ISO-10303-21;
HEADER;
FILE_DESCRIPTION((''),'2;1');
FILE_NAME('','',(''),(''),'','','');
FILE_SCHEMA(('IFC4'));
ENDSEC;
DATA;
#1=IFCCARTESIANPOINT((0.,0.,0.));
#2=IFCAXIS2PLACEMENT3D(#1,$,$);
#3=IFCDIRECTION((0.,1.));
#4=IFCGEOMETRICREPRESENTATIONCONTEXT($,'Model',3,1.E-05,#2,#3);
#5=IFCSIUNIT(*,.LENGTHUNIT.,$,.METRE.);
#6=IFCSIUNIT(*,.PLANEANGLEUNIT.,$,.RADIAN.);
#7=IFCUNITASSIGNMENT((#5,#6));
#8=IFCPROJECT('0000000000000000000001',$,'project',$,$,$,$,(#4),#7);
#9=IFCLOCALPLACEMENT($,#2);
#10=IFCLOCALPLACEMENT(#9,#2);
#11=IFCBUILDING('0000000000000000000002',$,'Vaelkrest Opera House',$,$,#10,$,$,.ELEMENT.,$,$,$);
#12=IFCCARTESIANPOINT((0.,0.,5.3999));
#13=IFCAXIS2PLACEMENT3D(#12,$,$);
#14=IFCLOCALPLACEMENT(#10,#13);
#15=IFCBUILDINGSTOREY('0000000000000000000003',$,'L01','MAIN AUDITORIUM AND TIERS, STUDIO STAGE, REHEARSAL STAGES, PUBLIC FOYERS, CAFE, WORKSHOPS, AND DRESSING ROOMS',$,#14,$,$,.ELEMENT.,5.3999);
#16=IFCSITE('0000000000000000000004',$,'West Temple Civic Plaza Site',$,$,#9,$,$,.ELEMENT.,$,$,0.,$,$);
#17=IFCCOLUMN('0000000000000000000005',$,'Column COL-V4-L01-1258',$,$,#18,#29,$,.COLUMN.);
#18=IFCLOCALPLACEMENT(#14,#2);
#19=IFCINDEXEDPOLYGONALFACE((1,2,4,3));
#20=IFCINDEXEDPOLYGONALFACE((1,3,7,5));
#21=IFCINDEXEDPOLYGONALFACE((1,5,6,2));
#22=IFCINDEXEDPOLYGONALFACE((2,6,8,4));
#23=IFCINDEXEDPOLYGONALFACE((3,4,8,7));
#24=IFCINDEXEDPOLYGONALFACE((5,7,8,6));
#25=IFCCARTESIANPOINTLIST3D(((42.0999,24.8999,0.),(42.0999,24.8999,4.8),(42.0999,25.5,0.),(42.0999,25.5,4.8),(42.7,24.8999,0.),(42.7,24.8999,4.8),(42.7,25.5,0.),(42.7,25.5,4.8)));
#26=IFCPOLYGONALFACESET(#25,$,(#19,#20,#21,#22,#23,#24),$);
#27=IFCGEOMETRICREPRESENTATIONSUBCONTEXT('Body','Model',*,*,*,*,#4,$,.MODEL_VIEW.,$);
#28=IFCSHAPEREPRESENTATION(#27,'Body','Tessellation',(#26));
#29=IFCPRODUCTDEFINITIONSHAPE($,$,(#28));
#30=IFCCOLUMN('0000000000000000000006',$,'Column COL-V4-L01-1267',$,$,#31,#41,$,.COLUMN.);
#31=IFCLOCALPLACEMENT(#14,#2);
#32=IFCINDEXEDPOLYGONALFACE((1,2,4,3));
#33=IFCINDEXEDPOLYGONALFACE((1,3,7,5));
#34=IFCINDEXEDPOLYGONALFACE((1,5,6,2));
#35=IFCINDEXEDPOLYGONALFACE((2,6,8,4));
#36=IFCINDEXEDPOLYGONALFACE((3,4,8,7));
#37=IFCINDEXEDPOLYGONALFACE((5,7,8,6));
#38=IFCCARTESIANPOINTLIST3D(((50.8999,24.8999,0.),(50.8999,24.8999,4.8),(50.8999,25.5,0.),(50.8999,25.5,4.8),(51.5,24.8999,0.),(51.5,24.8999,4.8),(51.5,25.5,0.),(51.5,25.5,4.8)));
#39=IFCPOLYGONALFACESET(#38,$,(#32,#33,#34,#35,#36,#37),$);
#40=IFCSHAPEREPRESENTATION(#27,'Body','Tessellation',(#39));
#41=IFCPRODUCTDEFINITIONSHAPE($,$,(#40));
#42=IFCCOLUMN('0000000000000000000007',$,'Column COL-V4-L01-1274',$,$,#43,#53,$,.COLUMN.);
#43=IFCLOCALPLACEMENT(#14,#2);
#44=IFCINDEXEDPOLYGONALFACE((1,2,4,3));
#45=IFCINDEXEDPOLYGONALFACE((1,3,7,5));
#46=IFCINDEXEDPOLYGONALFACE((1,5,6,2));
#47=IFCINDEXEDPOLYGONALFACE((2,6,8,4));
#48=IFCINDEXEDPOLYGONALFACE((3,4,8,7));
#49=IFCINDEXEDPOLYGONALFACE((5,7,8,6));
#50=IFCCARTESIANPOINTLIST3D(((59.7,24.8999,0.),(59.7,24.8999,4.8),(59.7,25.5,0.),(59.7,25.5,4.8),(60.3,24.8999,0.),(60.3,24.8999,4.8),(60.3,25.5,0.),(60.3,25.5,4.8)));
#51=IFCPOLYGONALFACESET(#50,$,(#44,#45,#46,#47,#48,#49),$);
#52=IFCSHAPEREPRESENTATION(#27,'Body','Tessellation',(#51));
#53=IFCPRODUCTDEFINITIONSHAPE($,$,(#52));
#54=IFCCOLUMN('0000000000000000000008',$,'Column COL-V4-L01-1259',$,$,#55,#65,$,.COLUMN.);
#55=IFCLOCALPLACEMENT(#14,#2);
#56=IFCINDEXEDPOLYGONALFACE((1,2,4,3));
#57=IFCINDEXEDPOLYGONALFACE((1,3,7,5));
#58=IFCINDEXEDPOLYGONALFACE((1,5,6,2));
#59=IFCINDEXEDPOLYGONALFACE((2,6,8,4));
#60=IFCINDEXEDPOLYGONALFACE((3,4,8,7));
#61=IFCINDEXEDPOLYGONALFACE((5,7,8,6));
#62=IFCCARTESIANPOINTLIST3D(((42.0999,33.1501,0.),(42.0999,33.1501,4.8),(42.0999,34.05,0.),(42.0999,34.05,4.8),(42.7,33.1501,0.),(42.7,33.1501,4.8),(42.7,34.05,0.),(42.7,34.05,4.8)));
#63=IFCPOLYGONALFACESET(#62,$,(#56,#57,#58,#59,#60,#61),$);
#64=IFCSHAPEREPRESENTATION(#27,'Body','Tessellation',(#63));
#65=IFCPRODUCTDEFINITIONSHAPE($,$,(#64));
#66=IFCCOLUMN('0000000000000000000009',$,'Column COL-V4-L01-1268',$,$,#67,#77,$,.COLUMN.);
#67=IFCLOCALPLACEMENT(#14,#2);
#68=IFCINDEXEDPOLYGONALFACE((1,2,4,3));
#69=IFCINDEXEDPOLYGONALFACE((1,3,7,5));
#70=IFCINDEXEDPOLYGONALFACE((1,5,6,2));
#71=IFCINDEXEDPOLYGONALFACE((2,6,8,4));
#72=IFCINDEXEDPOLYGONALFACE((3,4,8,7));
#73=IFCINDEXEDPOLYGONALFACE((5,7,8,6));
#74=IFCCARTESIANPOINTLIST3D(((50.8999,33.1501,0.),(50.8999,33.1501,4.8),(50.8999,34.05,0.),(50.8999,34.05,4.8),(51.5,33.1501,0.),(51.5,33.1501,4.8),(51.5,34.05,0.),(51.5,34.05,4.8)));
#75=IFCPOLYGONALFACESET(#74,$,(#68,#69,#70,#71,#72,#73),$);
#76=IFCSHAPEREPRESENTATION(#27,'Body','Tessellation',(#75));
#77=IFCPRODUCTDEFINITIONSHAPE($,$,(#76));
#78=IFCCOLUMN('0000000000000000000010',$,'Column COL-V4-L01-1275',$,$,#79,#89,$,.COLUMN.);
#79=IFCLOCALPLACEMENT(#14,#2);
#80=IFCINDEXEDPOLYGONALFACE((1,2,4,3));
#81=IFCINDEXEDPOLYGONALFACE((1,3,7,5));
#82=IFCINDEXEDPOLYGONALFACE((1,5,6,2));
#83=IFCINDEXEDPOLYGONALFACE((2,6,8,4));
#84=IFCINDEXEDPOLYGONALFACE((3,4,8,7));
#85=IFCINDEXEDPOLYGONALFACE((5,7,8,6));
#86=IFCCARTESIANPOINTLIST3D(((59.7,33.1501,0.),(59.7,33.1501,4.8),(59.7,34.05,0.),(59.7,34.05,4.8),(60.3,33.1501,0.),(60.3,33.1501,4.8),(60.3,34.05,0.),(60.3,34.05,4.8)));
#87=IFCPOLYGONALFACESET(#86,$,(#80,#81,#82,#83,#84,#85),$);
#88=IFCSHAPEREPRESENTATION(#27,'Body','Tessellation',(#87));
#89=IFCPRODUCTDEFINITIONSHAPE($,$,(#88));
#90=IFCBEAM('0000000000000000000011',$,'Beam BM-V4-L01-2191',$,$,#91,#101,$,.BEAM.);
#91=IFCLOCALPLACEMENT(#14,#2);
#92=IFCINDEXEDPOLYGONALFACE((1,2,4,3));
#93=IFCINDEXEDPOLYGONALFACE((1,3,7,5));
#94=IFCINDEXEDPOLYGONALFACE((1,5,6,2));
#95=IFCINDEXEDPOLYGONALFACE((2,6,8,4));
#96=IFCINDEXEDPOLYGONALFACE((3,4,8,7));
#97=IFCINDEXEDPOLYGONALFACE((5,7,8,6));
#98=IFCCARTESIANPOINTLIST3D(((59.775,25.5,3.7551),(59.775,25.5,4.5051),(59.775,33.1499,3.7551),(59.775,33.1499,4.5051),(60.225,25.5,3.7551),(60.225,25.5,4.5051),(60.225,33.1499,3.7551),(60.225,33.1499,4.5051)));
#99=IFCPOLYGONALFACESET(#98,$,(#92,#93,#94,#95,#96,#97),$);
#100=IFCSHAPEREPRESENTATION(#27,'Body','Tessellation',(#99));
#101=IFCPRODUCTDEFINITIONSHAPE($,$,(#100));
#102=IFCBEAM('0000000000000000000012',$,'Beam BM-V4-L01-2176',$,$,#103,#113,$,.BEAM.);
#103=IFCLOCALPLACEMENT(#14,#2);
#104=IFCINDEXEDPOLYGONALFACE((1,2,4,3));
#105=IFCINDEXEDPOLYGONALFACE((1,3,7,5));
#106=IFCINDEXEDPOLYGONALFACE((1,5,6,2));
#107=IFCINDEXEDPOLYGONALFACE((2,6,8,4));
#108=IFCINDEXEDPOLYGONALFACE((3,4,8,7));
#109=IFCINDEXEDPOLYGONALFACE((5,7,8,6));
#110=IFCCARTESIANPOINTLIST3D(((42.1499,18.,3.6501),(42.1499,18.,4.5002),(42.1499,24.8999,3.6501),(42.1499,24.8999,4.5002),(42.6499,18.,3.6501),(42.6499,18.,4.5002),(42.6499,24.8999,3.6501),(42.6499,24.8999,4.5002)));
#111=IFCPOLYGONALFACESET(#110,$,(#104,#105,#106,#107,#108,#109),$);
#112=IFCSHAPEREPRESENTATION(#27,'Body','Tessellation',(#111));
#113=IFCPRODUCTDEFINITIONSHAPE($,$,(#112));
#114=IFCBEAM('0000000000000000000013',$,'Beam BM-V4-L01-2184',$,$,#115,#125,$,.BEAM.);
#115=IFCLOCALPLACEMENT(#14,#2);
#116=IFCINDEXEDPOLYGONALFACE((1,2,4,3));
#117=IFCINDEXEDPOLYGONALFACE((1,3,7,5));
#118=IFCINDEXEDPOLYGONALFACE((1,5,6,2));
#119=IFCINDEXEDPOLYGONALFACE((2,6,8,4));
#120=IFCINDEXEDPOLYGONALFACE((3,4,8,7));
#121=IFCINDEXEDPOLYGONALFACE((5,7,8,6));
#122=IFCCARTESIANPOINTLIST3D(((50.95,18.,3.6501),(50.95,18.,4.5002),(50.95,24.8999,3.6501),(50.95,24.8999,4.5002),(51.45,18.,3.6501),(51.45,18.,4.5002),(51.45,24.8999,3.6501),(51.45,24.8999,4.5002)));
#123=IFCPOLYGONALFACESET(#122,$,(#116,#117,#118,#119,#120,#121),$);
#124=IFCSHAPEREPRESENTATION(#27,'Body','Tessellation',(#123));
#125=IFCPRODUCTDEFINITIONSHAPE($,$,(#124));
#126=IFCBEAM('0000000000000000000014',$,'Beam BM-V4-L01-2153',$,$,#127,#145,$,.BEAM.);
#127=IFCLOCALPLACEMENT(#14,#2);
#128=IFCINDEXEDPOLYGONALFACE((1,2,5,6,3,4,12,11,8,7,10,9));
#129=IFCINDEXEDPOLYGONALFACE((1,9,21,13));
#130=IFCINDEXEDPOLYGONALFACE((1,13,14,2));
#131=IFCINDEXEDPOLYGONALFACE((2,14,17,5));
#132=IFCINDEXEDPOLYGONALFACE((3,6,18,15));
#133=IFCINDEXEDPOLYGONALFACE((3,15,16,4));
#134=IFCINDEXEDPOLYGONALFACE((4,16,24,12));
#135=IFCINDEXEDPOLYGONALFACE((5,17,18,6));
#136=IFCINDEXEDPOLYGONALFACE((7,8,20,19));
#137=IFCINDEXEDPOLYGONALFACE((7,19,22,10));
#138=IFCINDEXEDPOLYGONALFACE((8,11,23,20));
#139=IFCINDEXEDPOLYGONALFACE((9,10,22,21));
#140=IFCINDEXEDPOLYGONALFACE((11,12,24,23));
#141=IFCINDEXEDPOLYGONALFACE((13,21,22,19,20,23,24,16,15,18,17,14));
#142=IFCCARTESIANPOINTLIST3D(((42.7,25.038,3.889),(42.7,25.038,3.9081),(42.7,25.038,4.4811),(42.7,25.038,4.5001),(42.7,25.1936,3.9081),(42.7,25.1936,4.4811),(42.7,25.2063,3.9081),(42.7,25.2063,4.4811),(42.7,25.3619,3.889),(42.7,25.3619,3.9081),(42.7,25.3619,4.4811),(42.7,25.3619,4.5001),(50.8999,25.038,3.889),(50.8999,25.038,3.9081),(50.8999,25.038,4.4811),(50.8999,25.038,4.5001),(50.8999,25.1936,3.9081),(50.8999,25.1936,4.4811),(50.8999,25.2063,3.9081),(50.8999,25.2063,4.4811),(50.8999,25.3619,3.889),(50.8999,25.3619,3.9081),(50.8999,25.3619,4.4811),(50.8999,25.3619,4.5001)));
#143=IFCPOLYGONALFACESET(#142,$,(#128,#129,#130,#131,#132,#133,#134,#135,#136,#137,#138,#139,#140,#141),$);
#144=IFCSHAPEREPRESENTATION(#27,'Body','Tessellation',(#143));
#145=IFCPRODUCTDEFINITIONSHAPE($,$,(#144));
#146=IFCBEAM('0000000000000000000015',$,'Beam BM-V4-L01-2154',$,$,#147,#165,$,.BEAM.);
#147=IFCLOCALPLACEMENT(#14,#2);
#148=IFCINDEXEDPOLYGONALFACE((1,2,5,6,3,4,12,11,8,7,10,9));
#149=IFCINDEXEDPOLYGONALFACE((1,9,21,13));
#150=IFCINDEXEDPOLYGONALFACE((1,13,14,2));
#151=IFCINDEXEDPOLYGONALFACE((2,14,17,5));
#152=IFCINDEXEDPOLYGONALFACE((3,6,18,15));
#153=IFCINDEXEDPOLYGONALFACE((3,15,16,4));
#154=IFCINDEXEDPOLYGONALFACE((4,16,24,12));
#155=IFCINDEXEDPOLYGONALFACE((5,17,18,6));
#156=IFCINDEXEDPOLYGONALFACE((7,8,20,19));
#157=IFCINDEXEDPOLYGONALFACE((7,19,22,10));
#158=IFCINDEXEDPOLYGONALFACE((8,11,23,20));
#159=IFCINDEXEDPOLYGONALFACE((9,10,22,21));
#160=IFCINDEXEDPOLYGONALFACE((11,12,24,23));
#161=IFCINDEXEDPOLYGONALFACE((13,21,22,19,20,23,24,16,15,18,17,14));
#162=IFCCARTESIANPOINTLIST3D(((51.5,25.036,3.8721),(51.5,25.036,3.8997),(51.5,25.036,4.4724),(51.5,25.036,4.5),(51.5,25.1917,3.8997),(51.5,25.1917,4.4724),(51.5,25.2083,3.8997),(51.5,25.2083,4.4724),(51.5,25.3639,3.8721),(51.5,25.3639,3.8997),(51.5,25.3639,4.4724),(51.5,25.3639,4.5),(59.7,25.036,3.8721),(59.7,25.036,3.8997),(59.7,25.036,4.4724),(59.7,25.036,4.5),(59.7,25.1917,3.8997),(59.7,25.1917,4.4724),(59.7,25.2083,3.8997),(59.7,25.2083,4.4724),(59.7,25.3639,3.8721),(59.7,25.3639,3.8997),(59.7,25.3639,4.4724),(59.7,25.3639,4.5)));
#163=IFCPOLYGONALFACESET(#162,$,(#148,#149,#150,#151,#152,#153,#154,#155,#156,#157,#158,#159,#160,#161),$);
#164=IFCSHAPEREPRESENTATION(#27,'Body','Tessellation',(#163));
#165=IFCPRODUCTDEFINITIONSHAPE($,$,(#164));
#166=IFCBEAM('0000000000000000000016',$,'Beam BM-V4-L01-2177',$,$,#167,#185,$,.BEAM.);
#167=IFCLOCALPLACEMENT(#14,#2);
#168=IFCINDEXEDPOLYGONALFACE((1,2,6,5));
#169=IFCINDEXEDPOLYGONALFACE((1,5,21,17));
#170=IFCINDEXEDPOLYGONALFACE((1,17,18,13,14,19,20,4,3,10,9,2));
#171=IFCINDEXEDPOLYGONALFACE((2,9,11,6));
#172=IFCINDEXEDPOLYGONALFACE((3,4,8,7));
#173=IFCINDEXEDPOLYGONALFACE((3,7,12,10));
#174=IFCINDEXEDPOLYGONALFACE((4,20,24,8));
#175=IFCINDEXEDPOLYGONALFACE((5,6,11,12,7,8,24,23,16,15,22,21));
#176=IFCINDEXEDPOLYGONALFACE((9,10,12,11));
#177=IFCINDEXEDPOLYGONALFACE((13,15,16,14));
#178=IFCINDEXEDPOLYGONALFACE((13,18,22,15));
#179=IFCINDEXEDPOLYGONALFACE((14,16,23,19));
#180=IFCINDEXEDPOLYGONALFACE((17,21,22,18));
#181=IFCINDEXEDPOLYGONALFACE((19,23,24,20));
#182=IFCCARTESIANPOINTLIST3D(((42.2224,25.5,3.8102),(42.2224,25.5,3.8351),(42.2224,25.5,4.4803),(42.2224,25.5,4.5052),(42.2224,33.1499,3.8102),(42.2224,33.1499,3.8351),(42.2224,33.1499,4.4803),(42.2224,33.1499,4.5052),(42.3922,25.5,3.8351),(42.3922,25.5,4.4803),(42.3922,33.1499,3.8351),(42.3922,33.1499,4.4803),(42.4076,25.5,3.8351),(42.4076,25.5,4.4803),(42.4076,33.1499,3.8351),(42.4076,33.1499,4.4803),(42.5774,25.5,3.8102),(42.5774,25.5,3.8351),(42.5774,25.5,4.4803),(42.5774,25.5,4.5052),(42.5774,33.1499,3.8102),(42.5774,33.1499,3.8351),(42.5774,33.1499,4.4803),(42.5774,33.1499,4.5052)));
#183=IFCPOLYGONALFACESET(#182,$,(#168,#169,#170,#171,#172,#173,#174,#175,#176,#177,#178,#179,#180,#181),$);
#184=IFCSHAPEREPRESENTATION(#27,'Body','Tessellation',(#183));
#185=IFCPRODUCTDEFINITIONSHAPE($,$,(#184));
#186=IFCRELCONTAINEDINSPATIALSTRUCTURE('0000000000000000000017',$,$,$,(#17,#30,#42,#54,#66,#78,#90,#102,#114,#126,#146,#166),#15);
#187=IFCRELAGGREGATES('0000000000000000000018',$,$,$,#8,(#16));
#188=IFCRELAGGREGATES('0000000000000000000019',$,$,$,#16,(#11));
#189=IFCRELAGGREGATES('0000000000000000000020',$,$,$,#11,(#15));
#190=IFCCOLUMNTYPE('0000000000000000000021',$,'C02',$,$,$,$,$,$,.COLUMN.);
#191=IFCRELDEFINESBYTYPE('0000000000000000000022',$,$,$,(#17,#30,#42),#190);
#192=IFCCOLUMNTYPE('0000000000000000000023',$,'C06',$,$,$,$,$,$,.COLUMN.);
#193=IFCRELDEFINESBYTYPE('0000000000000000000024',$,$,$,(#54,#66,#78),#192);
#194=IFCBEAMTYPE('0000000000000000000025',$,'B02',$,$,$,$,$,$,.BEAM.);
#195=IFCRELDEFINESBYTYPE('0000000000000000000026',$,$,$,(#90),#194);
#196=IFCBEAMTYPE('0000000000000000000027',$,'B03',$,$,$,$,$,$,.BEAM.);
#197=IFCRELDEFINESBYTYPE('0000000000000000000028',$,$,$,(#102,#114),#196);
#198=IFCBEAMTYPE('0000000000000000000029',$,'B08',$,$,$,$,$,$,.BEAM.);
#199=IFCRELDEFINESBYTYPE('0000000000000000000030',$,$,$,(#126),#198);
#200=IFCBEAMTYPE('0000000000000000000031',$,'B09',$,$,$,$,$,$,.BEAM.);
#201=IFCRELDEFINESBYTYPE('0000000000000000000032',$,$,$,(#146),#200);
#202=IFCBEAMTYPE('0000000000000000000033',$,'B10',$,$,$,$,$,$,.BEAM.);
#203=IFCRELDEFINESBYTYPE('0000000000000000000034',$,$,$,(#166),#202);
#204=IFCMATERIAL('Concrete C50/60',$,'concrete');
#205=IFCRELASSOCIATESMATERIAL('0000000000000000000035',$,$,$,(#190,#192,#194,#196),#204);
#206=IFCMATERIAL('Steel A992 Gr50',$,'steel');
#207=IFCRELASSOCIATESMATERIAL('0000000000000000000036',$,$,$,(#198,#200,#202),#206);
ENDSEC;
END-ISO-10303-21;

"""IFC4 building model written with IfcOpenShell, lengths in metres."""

from ifc_helpers import new_model, si_unit, direction, frame, origin, origin_2d, place, context, subcontext, project, spatial, rectangle, i_section, extrude, material, material_profile, profile_set, type_object, element, save


model = new_model("IFC4")

# Units and contexts
model_context = context("Model", 3, precision=1e-05, world=origin(), true_north=direction((0.0, 1.0)))
body_context = subcontext(model_context, "Body", "Model", "MODEL_VIEW")
ifc_project = project(units=[si_unit("LENGTHUNIT", "METRE"), si_unit("PLANEANGLEUNIT", "RADIAN")], contexts=[model_context])

# Site, building, storey
site_placement = place(None, origin())
site = spatial("IfcSite", under=ifc_project, at=site_placement, Name="West Temple Civic Plaza Site", CompositionType="ELEMENT", RefElevation=0.0)
building_placement = place(site_placement, origin())
building = spatial("IfcBuilding", under=site, at=building_placement, Name="Vaelkrest Opera House", CompositionType="ELEMENT")
storey_placement = place(building_placement, frame((0.0, 0.0, 5.3999)))
storey = spatial("IfcBuildingStorey", under=building, at=storey_placement, Name="L01", Description="MAIN AUDITORIUM AND TIERS, STUDIO STAGE, REHEARSAL STAGES, PUBLIC FOYERS, CAFE, WORKSHOPS, AND DRESSING ROOMS", CompositionType="ELEMENT", Elevation=5.3999)

# Columns
ifc_material_1 = material(Name="Concrete C50/60", Category="concrete")
ifc_material_profile_1 = material_profile(ifc_material_1, rectangle(XDim=0.6001, YDim=0.6001, at=origin_2d()), Name="RC600X600")
ifc_profile_set_1 = profile_set([ifc_material_profile_1], Name="Concrete C50/60")
column_type_1 = type_object("IfcColumnType", Name="C02", PredefinedType="COLUMN", material=ifc_profile_set_1)
for number, where, z_axis, x_axis, name in (
    (1, (42.3999, 25.2, 0.0), (0.0, 0.0, 1.0), (1.0, 0.0, 0.0), "Column COL-V4-L01-1258"),
    (2, (51.2, 25.2, 0.0), (0.0, 0.0, 1.0), (1.0, 0.0, 0.0), "Column COL-V4-L01-1267"),
    (3, (60.0, 25.2, 0.0), (0.0, 0.0, 1.0), (1.0, 0.0, 0.0), "Column COL-V4-L01-1274"),
):
    element("IfcColumn", number, at=place(storey_placement, frame(where, z_axis=z_axis, x_axis=x_axis)), inside=storey, type_object=column_type_1, Name=name, PredefinedType="COLUMN", context=body_context, shape_type="SweptSolid", body=[
        extrude(rectangle(XDim=0.6001, YDim=0.6001, at=origin_2d()), origin(), (0.0, 0.0, 1.0), 4.8),
    ])
ifc_material_profile_2 = material_profile(ifc_material_1, rectangle(XDim=0.6001, YDim=0.8999, at=origin_2d()), Name="RC600X900")
ifc_profile_set_2 = profile_set([ifc_material_profile_2], Name="Concrete C50/60")
column_type_2 = type_object("IfcColumnType", Name="C06", PredefinedType="COLUMN", material=ifc_profile_set_2)
for number, where, z_axis, x_axis, name in (
    (4, (42.3999, 33.6001, 0.0), (0.0, 0.0, 1.0), (1.0, 0.0, 0.0), "Column COL-V4-L01-1259"),
    (5, (51.2, 33.6001, 0.0), (0.0, 0.0, 1.0), (1.0, 0.0, 0.0), "Column COL-V4-L01-1268"),
    (6, (60.0, 33.6001, 0.0), (0.0, 0.0, 1.0), (1.0, 0.0, 0.0), "Column COL-V4-L01-1275"),
):
    element("IfcColumn", number, at=place(storey_placement, frame(where, z_axis=z_axis, x_axis=x_axis)), inside=storey, type_object=column_type_2, Name=name, PredefinedType="COLUMN", context=body_context, shape_type="SweptSolid", body=[
        extrude(rectangle(XDim=0.6001, YDim=0.8999, at=origin_2d()), origin(), (0.0, 0.0, 1.0), 4.8),
    ])

# Beams
ifc_material_profile_3 = material_profile(ifc_material_1, rectangle(XDim=0.45, YDim=0.75, at=origin_2d()), Name="RCB450X750")
ifc_profile_set_3 = profile_set([ifc_material_profile_3], Name="Concrete C50/60")
beam_type_1 = type_object("IfcBeamType", Name="B02", PredefinedType="BEAM", material=ifc_profile_set_3)
beam_1_placement = place(storey_placement, frame((60.0, 25.5, 4.1301), z_axis=(0.0, 1.0, 0.0), x_axis=(-1.0, 0.0, 0.0)))
element("IfcBeam", 7, at=beam_1_placement, inside=storey, type_object=beam_type_1, Name="Beam BM-V4-L01-2191", PredefinedType="BEAM", context=body_context, shape_type="SweptSolid", body=[
    extrude(rectangle(XDim=0.45, YDim=0.75, at=origin_2d()), origin(), (0.0, 0.0, 1.0), 7.6499),
])
ifc_material_profile_4 = material_profile(ifc_material_1, rectangle(XDim=0.5, YDim=0.8501, at=origin_2d()), Name="RCB500X850")
ifc_profile_set_4 = profile_set([ifc_material_profile_4], Name="Concrete C50/60")
beam_type_2 = type_object("IfcBeamType", Name="B03", PredefinedType="BEAM", material=ifc_profile_set_4)
for number, where, z_axis, x_axis, name in (
    (8, (42.3999, 18.0, 4.0752), (0.0, 1.0, 0.0), (-1.0, 0.0, 0.0), "Beam BM-V4-L01-2176"),
    (9, (51.2, 18.0, 4.0752), (0.0, 1.0, 0.0), (-1.0, 0.0, 0.0), "Beam BM-V4-L01-2184"),
):
    element("IfcBeam", number, at=place(storey_placement, frame(where, z_axis=z_axis, x_axis=x_axis)), inside=storey, type_object=beam_type_2, Name=name, PredefinedType="BEAM", context=body_context, shape_type="SweptSolid", body=[
        extrude(rectangle(XDim=0.5, YDim=0.8501, at=origin_2d()), origin(), (0.0, 0.0, 1.0), 6.8999),
    ])
ifc_material_2 = material(Name="Steel A992 Gr50", Category="steel")
ifc_material_profile_5 = material_profile(ifc_material_2, i_section(OverallWidth=0.324, OverallDepth=0.6111, WebThickness=0.0127, FlangeThickness=0.019, at=origin_2d()), Name="W24X104")
ifc_profile_set_5 = profile_set([ifc_material_profile_5], Name="Steel A992 Gr50")
beam_type_3 = type_object("IfcBeamType", Name="B08", PredefinedType="BEAM", material=ifc_profile_set_5)
beam_2_placement = place(storey_placement, frame((42.7, 25.2, 4.1946), z_axis=(1.0, 0.0, 0.0), x_axis=(0.0, 1.0, 0.0)))
element("IfcBeam", 10, at=beam_2_placement, inside=storey, type_object=beam_type_3, Name="Beam BM-V4-L01-2153", PredefinedType="BEAM", context=body_context, shape_type="SweptSolid", body=[
    extrude(i_section(OverallWidth=0.324, OverallDepth=0.6111, WebThickness=0.0127, FlangeThickness=0.019, at=origin_2d()), origin(), (0.0, 0.0, 1.0), 8.2),
])
ifc_material_profile_6 = material_profile(ifc_material_2, i_section(OverallWidth=0.3279, OverallDepth=0.6279, WebThickness=0.0166, FlangeThickness=0.0276, at=origin_2d()), Name="W24X146")
ifc_profile_set_6 = profile_set([ifc_material_profile_6], Name="Steel A992 Gr50")
beam_type_4 = type_object("IfcBeamType", Name="B09", PredefinedType="BEAM", material=ifc_profile_set_6)
beam_3_placement = place(storey_placement, frame((51.5, 25.2, 4.186), z_axis=(1.0, 0.0, 0.0), x_axis=(0.0, 1.0, 0.0)))
element("IfcBeam", 11, at=beam_3_placement, inside=storey, type_object=beam_type_4, Name="Beam BM-V4-L01-2154", PredefinedType="BEAM", context=body_context, shape_type="SweptSolid", body=[
    extrude(i_section(OverallWidth=0.3279, OverallDepth=0.6279, WebThickness=0.0166, FlangeThickness=0.0276, at=origin_2d()), origin(), (0.0, 0.0, 1.0), 8.2),
])
ifc_material_profile_7 = material_profile(ifc_material_2, i_section(OverallWidth=0.355, OverallDepth=0.6951, WebThickness=0.0154, FlangeThickness=0.0249, at=origin_2d()), Name="W27X146")
ifc_profile_set_7 = profile_set([ifc_material_profile_7], Name="Steel A992 Gr50")
beam_type_5 = type_object("IfcBeamType", Name="B10", PredefinedType="BEAM", material=ifc_profile_set_7)
for number, where, z_axis, x_axis, name in (
    (12, (42.3999, 25.5, 4.1577), (0.0, 1.0, 0.0), (-1.0, 0.0, 0.0), "Beam BM-V4-L01-2177"),
):
    element("IfcBeam", number, at=place(storey_placement, frame(where, z_axis=z_axis, x_axis=x_axis)), inside=storey, type_object=beam_type_5, Name=name, PredefinedType="BEAM", context=body_context, shape_type="SweptSolid", body=[
        extrude(i_section(OverallWidth=0.355, OverallDepth=0.6951, WebThickness=0.0154, FlangeThickness=0.0249, at=origin_2d()), origin(), (0.0, 0.0, 1.0), 7.6499),
    ])

save(model, "model.ifc")
